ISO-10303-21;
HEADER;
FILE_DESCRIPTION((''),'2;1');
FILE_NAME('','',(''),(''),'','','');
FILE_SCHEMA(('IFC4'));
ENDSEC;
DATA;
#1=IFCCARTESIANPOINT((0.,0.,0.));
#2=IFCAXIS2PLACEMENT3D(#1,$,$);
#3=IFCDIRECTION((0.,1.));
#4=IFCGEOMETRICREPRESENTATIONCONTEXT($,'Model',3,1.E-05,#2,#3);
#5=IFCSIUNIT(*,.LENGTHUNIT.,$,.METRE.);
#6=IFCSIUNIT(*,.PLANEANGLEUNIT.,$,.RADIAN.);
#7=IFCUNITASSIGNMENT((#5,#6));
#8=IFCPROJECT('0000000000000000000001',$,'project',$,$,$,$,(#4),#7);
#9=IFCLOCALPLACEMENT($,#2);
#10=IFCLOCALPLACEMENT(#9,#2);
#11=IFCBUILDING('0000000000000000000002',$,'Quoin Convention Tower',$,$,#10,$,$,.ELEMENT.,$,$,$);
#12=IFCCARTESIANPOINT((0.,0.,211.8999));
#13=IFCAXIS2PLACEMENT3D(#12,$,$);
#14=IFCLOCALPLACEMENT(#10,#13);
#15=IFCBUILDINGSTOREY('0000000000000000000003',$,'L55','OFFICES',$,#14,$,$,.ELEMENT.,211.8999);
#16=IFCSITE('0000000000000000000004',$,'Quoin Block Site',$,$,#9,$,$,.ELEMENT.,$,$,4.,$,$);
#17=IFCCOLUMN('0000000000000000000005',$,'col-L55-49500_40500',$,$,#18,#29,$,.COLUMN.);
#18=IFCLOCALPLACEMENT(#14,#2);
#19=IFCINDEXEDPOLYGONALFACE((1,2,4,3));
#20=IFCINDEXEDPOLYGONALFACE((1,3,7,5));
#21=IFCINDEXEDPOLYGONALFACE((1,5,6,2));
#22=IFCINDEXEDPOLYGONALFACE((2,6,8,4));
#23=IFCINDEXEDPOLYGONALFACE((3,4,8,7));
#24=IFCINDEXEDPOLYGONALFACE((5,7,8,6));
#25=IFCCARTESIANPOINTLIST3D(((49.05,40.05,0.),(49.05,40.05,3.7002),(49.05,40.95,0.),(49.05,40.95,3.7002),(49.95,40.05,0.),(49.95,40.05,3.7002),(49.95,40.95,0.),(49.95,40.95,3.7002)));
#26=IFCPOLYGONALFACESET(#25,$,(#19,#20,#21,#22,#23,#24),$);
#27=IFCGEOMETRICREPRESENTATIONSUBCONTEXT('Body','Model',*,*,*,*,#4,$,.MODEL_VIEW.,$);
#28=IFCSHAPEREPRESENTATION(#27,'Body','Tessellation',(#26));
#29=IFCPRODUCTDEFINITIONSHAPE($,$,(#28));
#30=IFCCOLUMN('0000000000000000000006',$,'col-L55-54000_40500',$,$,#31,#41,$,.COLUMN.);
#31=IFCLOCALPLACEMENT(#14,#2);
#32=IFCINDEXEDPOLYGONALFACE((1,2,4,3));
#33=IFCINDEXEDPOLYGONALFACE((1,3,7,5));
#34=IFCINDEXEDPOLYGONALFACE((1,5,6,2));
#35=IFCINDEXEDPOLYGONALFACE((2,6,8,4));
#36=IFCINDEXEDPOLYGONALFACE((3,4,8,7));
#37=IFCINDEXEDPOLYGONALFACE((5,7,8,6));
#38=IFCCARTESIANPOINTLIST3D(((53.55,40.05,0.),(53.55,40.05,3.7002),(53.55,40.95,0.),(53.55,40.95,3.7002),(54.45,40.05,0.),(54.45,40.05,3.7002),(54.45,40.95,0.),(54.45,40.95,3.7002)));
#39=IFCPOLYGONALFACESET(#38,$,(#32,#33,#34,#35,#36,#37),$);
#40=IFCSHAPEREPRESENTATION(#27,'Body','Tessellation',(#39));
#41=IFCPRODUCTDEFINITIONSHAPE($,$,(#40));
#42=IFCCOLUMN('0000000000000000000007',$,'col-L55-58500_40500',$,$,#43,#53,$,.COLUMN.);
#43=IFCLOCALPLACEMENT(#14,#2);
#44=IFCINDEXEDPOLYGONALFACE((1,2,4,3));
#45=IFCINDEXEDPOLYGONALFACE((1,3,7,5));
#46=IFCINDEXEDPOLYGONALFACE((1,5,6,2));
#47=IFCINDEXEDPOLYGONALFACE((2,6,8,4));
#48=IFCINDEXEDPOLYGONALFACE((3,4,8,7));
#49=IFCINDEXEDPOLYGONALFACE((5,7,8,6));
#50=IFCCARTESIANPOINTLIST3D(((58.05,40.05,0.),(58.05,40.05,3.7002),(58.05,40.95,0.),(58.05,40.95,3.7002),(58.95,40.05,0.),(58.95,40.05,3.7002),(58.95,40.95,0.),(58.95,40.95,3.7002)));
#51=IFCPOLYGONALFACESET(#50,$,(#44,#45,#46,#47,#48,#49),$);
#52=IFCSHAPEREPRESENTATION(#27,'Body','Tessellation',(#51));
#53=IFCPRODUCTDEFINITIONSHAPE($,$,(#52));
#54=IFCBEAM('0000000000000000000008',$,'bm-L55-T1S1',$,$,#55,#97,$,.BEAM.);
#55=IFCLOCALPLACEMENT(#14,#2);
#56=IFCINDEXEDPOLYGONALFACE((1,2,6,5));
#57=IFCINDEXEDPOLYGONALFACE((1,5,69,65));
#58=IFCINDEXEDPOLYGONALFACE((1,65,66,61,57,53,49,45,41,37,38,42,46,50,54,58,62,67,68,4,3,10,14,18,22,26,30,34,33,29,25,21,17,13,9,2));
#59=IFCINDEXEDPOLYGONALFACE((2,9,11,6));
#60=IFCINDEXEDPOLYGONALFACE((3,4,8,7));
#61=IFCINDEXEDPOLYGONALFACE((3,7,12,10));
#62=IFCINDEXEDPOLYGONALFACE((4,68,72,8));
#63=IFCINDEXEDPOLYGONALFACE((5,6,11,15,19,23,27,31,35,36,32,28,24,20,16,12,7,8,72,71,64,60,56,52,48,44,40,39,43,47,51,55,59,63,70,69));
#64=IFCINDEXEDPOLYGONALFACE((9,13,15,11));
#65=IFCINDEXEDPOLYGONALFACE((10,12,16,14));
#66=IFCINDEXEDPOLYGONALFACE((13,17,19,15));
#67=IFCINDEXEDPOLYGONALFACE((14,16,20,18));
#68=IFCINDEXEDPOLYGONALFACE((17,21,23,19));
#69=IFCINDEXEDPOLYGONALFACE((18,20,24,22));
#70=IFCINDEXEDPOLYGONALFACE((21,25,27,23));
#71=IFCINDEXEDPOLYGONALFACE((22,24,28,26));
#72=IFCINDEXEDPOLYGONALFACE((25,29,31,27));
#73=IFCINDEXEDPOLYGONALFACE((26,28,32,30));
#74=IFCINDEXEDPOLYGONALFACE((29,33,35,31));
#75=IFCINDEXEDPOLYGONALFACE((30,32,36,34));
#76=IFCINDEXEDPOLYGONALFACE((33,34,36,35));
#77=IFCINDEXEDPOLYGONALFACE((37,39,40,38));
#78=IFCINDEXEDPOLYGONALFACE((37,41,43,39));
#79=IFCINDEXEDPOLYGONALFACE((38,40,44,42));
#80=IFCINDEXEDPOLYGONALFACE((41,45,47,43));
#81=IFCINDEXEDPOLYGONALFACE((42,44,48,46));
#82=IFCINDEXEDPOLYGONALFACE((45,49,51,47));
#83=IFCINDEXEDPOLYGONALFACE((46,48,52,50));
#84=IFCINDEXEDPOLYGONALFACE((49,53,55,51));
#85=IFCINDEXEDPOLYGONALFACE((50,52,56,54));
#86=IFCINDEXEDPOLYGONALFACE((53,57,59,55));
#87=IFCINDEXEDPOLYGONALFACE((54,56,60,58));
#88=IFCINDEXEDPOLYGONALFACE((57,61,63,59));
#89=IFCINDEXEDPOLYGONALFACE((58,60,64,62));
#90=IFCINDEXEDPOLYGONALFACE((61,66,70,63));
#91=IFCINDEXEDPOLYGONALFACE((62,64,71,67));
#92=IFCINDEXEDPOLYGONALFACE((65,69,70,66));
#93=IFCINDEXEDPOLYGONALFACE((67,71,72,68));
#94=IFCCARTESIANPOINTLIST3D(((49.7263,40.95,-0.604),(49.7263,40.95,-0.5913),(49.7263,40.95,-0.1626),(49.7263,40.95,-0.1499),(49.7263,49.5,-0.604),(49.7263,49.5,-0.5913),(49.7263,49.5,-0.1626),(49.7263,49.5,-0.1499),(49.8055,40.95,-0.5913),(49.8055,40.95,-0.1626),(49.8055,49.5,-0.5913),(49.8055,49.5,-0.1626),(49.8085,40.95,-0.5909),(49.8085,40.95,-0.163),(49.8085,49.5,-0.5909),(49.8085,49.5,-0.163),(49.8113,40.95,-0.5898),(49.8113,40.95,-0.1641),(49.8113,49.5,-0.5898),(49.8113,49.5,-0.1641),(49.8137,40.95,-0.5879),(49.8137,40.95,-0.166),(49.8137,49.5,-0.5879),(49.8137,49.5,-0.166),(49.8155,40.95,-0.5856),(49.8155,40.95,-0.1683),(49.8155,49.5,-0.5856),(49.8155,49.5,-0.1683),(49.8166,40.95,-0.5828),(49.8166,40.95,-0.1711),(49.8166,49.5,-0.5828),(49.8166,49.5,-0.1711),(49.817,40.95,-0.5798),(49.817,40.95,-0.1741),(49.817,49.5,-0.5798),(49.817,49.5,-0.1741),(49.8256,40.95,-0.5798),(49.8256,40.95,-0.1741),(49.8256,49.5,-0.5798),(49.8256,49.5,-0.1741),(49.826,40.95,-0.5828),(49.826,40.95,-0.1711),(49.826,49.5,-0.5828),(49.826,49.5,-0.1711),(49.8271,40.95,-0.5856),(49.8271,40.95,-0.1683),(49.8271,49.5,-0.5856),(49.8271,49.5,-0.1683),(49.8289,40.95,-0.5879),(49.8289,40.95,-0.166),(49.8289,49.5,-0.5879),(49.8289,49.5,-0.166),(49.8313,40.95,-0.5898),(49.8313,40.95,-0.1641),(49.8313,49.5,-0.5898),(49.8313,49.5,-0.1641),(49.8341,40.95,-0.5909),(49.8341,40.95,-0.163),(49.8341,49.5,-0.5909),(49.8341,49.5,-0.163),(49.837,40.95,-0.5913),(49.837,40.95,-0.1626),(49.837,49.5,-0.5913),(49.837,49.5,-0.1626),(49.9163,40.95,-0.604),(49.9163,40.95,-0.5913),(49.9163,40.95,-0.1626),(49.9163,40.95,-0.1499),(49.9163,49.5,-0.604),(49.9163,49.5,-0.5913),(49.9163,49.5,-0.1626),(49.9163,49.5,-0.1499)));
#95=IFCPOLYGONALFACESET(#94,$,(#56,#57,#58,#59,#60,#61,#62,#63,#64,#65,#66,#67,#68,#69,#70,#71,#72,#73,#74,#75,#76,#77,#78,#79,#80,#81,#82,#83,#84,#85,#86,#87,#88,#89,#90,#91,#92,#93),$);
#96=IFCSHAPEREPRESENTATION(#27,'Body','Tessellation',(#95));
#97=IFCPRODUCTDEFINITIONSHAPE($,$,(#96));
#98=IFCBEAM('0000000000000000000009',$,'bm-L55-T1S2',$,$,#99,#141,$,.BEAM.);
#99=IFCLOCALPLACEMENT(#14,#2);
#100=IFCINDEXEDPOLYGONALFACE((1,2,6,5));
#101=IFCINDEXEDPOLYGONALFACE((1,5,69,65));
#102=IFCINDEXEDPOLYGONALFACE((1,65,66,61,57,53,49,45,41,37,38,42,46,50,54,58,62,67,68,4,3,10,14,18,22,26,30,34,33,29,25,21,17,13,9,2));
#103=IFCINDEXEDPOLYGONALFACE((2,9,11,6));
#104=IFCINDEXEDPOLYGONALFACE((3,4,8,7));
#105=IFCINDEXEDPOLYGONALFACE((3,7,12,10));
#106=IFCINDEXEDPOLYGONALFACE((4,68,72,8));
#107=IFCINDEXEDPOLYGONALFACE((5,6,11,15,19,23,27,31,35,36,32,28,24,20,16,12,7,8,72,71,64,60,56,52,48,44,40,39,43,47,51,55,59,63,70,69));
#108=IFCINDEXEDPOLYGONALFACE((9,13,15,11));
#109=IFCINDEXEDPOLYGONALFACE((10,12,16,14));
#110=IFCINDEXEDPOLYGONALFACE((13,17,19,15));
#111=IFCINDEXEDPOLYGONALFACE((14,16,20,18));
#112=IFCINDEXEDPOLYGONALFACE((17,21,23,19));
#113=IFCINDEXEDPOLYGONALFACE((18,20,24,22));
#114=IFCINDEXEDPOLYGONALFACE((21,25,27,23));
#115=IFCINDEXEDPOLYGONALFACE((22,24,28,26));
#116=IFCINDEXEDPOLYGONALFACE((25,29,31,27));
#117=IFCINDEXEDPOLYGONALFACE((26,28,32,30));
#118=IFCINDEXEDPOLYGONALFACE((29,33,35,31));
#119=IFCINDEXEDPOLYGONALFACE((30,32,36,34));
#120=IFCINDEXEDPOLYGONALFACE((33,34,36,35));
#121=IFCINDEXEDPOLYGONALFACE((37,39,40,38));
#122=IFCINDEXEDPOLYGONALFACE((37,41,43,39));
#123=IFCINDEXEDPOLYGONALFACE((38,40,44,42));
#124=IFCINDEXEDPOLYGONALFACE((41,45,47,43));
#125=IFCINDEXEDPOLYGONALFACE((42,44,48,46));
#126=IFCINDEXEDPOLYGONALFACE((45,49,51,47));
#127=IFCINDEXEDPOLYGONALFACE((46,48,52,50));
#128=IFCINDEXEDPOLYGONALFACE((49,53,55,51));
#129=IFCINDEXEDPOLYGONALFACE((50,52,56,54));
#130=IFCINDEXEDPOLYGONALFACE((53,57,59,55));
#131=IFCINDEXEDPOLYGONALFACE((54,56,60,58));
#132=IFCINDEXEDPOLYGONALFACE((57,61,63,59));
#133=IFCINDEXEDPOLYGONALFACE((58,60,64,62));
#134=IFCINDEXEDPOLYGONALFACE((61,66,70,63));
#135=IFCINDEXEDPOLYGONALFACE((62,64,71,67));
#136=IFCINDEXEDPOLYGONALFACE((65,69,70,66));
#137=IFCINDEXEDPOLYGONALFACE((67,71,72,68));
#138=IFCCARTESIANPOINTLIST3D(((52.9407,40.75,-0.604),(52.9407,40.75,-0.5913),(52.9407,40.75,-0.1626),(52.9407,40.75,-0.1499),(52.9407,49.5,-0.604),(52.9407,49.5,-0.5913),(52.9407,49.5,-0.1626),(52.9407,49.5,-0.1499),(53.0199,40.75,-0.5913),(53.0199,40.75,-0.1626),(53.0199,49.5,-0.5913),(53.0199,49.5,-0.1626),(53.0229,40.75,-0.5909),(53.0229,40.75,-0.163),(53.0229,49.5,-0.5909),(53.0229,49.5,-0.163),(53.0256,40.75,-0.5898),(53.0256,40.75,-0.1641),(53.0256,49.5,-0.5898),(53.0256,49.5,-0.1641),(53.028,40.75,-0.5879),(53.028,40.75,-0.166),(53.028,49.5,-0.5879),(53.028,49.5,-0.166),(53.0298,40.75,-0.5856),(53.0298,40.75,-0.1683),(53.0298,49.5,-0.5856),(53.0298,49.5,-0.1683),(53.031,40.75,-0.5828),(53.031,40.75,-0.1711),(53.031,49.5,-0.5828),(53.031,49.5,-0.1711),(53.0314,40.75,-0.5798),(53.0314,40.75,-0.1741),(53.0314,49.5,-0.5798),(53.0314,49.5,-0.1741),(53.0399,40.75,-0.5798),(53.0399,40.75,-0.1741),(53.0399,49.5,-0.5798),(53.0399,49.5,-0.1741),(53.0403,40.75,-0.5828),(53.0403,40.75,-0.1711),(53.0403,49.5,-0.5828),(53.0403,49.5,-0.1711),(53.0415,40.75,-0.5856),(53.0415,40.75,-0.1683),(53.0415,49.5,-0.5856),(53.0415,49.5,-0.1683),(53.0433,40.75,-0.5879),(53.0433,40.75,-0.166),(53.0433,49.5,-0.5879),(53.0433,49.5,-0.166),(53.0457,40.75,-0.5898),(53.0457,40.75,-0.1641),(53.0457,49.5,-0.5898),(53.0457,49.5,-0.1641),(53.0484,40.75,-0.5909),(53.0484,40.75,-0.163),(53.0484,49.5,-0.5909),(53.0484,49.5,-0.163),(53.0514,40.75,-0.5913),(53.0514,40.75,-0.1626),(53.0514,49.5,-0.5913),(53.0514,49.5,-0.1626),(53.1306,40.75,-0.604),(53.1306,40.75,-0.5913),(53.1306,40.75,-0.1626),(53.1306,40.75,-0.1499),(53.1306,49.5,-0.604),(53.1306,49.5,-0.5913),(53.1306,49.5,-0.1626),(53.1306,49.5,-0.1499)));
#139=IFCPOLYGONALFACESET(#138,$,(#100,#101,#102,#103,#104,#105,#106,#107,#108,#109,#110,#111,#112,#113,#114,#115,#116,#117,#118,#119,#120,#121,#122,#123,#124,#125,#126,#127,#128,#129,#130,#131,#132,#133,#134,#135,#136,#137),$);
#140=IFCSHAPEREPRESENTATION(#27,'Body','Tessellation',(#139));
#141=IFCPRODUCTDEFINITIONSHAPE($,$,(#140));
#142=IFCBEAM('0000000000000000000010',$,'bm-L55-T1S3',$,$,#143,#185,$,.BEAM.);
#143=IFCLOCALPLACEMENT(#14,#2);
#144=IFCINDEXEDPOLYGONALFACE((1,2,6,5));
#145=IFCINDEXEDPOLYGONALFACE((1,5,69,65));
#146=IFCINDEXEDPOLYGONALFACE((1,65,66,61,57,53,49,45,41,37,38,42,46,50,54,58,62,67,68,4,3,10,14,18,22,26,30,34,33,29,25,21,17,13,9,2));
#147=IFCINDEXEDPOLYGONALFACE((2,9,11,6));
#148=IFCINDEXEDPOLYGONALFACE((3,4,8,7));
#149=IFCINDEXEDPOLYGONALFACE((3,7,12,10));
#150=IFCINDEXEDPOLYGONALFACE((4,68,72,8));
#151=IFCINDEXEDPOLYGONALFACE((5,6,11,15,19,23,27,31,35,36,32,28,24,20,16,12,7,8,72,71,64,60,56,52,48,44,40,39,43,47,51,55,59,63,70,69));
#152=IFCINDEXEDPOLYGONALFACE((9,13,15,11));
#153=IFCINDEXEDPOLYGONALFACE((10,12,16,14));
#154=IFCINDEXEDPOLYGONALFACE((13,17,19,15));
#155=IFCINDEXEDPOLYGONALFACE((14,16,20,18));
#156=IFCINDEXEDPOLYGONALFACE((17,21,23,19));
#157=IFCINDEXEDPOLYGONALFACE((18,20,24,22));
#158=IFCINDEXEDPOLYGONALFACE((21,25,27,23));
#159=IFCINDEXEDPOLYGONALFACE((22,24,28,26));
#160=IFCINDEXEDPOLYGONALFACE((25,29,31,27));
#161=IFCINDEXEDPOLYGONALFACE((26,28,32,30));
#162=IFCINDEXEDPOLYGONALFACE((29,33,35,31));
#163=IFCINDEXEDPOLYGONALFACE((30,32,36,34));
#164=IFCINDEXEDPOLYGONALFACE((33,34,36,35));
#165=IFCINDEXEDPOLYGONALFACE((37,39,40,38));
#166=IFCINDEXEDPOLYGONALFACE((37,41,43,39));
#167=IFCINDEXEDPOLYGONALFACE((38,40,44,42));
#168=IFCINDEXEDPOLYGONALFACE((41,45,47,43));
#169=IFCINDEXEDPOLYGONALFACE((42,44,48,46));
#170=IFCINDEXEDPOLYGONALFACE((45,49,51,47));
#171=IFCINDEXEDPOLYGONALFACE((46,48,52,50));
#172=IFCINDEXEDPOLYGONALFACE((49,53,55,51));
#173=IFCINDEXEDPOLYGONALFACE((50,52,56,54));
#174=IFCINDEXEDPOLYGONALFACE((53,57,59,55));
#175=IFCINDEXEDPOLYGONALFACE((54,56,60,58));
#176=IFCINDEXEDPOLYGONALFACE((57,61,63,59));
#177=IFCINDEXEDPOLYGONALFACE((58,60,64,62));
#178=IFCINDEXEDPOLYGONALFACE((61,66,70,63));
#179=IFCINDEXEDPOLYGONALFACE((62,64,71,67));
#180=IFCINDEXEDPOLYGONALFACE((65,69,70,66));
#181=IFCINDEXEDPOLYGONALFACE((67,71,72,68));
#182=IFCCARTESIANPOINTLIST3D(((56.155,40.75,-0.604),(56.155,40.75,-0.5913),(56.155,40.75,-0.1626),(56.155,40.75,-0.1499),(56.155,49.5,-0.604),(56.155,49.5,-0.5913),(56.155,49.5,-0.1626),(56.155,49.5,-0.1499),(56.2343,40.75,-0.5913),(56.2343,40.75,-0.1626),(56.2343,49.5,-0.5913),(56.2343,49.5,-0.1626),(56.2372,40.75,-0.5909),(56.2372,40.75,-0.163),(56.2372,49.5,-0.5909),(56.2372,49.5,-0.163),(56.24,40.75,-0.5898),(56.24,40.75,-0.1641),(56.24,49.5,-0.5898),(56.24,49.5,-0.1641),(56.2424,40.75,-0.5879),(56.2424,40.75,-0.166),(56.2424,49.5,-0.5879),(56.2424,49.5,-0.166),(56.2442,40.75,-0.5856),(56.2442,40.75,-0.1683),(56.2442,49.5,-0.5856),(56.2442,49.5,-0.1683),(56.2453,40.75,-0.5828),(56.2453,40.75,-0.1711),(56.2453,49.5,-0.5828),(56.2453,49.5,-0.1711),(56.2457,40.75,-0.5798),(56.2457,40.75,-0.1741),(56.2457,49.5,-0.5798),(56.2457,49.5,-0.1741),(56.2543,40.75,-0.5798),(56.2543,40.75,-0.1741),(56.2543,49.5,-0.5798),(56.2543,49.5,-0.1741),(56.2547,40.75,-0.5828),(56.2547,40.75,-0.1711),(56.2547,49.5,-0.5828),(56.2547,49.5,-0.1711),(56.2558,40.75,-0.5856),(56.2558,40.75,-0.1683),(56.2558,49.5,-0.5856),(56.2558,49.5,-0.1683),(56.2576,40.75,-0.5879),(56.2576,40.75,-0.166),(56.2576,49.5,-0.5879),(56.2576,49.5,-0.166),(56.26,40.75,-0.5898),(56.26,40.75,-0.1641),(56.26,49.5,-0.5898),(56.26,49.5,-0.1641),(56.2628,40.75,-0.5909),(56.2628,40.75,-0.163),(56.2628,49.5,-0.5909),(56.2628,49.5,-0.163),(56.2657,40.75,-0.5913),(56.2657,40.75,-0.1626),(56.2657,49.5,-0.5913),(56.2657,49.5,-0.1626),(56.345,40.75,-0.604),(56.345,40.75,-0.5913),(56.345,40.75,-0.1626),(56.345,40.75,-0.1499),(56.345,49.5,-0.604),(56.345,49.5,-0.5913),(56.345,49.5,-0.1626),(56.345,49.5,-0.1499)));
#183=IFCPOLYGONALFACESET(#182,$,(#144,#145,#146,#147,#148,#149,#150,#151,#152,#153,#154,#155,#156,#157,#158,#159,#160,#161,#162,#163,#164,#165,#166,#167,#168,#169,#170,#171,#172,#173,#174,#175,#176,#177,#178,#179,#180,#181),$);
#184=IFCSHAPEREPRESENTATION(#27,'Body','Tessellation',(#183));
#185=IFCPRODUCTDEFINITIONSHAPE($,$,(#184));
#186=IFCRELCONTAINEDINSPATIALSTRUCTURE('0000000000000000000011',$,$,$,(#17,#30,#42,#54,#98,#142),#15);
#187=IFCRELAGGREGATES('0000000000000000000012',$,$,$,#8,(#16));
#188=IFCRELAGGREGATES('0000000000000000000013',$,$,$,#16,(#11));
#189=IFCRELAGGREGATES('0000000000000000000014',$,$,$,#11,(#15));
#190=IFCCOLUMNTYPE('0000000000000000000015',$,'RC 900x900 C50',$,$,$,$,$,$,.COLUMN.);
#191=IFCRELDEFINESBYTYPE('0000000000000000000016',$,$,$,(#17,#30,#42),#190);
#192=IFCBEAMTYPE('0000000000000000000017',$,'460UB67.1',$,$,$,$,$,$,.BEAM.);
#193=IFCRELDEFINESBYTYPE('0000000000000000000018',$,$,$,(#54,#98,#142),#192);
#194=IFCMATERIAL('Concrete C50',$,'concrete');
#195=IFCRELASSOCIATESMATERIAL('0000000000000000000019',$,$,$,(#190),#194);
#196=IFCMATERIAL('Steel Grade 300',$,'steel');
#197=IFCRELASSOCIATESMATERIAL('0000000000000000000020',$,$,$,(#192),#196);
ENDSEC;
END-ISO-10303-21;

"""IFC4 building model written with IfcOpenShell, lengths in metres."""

from ifc_helpers import new_model, si_unit, direction, frame, origin, origin_2d, place, context, subcontext, project, spatial, rectangle, i_section, extrude, material, material_profile, profile_set, type_object, element, save


model = new_model("IFC4")

# Units and contexts
model_context = context("Model", 3, precision=1e-05, world=origin(), true_north=direction((0.0, 1.0)))
body_context = subcontext(model_context, "Body", "Model", "MODEL_VIEW")
ifc_project = project(units=[si_unit("LENGTHUNIT", "METRE"), si_unit("PLANEANGLEUNIT", "RADIAN")], contexts=[model_context])

# Site, building, storey
site_placement = place(None, origin())
site = spatial("IfcSite", under=ifc_project, at=site_placement, Name="Quoin Block Site", CompositionType="ELEMENT", RefElevation=4.0)
building_placement = place(site_placement, origin())
building = spatial("IfcBuilding", under=site, at=building_placement, Name="Quoin Convention Tower", CompositionType="ELEMENT")
storey_placement = place(building_placement, frame((0.0, 0.0, 211.8999)))
storey = spatial("IfcBuildingStorey", under=building, at=storey_placement, Name="L55", Description="OFFICES", CompositionType="ELEMENT", Elevation=211.8999)

# Columns
ifc_material_1 = material(Name="Concrete C50", Category="concrete")
ifc_material_profile_1 = material_profile(ifc_material_1, rectangle(XDim=0.8999, YDim=0.8999, at=origin_2d()), Name="RC 900x900")
ifc_profile_set_1 = profile_set([ifc_material_profile_1], Name="Concrete C50")
column_type = type_object("IfcColumnType", Name="RC 900x900 C50", PredefinedType="COLUMN", material=ifc_profile_set_1)
for number, where, z_axis, x_axis, name in (
    (1, (49.5, 40.5, 0.0), (0.0, 0.0, 1.0), (1.0, 0.0, 0.0), "col-L55-49500_40500"),
    (2, (54.0, 40.5, 0.0), (0.0, 0.0, 1.0), (1.0, 0.0, 0.0), "col-L55-54000_40500"),
    (3, (58.5, 40.5, 0.0), (0.0, 0.0, 1.0), (1.0, 0.0, 0.0), "col-L55-58500_40500"),
):
    element("IfcColumn", number, at=place(storey_placement, frame(where, z_axis=z_axis, x_axis=x_axis)), inside=storey, type_object=column_type, Name=name, PredefinedType="COLUMN", context=body_context, shape_type="SweptSolid", body=[
        extrude(rectangle(XDim=0.8999, YDim=0.8999, at=origin_2d()), origin(), (0.0, 0.0, 1.0), 3.7002),
    ])

# Beams
ifc_material_2 = material(Name="Steel Grade 300", Category="steel")
ifc_material_profile_2 = material_profile(ifc_material_2, i_section(OverallWidth=0.1899, OverallDepth=0.4541, WebThickness=0.0085, FlangeThickness=0.0127, FilletRadius=0.0115, at=origin_2d()), Name="460UB67.1")
ifc_profile_set_2 = profile_set([ifc_material_profile_2], Name="Steel Grade 300")
beam_type = type_object("IfcBeamType", Name="460UB67.1", PredefinedType="BEAM", material=ifc_profile_set_2)
beam_placement = place(storey_placement, frame((49.8213, 40.95, -0.377), z_axis=(0.0, 1.0, 0.0), x_axis=(-1.0, 0.0, 0.0)))
element("IfcBeam", 4, at=beam_placement, inside=storey, type_object=beam_type, Name="bm-L55-T1S1", PredefinedType="BEAM", context=body_context, shape_type="SweptSolid", body=[
    extrude(i_section(OverallWidth=0.1899, OverallDepth=0.4541, WebThickness=0.0085, FlangeThickness=0.0127, FilletRadius=0.0115, at=origin_2d()), origin(), (0.0, 0.0, 1.0), 8.55),
])
for number, where, z_axis, x_axis, name in (
    (5, (53.0356, 40.75, -0.377), (0.0, 1.0, 0.0), (-1.0, 0.0, 0.0), "bm-L55-T1S2"),
    (6, (56.25, 40.75, -0.377), (0.0, 1.0, 0.0), (-1.0, 0.0, 0.0), "bm-L55-T1S3"),
):
    element("IfcBeam", number, at=place(storey_placement, frame(where, z_axis=z_axis, x_axis=x_axis)), inside=storey, type_object=beam_type, Name=name, PredefinedType="BEAM", context=body_context, shape_type="SweptSolid", body=[
        extrude(i_section(OverallWidth=0.1899, OverallDepth=0.4541, WebThickness=0.0085, FlangeThickness=0.0127, FilletRadius=0.0115, at=origin_2d()), origin(), (0.0, 0.0, 1.0), 8.75),
    ])

save(model, "model.ifc")
